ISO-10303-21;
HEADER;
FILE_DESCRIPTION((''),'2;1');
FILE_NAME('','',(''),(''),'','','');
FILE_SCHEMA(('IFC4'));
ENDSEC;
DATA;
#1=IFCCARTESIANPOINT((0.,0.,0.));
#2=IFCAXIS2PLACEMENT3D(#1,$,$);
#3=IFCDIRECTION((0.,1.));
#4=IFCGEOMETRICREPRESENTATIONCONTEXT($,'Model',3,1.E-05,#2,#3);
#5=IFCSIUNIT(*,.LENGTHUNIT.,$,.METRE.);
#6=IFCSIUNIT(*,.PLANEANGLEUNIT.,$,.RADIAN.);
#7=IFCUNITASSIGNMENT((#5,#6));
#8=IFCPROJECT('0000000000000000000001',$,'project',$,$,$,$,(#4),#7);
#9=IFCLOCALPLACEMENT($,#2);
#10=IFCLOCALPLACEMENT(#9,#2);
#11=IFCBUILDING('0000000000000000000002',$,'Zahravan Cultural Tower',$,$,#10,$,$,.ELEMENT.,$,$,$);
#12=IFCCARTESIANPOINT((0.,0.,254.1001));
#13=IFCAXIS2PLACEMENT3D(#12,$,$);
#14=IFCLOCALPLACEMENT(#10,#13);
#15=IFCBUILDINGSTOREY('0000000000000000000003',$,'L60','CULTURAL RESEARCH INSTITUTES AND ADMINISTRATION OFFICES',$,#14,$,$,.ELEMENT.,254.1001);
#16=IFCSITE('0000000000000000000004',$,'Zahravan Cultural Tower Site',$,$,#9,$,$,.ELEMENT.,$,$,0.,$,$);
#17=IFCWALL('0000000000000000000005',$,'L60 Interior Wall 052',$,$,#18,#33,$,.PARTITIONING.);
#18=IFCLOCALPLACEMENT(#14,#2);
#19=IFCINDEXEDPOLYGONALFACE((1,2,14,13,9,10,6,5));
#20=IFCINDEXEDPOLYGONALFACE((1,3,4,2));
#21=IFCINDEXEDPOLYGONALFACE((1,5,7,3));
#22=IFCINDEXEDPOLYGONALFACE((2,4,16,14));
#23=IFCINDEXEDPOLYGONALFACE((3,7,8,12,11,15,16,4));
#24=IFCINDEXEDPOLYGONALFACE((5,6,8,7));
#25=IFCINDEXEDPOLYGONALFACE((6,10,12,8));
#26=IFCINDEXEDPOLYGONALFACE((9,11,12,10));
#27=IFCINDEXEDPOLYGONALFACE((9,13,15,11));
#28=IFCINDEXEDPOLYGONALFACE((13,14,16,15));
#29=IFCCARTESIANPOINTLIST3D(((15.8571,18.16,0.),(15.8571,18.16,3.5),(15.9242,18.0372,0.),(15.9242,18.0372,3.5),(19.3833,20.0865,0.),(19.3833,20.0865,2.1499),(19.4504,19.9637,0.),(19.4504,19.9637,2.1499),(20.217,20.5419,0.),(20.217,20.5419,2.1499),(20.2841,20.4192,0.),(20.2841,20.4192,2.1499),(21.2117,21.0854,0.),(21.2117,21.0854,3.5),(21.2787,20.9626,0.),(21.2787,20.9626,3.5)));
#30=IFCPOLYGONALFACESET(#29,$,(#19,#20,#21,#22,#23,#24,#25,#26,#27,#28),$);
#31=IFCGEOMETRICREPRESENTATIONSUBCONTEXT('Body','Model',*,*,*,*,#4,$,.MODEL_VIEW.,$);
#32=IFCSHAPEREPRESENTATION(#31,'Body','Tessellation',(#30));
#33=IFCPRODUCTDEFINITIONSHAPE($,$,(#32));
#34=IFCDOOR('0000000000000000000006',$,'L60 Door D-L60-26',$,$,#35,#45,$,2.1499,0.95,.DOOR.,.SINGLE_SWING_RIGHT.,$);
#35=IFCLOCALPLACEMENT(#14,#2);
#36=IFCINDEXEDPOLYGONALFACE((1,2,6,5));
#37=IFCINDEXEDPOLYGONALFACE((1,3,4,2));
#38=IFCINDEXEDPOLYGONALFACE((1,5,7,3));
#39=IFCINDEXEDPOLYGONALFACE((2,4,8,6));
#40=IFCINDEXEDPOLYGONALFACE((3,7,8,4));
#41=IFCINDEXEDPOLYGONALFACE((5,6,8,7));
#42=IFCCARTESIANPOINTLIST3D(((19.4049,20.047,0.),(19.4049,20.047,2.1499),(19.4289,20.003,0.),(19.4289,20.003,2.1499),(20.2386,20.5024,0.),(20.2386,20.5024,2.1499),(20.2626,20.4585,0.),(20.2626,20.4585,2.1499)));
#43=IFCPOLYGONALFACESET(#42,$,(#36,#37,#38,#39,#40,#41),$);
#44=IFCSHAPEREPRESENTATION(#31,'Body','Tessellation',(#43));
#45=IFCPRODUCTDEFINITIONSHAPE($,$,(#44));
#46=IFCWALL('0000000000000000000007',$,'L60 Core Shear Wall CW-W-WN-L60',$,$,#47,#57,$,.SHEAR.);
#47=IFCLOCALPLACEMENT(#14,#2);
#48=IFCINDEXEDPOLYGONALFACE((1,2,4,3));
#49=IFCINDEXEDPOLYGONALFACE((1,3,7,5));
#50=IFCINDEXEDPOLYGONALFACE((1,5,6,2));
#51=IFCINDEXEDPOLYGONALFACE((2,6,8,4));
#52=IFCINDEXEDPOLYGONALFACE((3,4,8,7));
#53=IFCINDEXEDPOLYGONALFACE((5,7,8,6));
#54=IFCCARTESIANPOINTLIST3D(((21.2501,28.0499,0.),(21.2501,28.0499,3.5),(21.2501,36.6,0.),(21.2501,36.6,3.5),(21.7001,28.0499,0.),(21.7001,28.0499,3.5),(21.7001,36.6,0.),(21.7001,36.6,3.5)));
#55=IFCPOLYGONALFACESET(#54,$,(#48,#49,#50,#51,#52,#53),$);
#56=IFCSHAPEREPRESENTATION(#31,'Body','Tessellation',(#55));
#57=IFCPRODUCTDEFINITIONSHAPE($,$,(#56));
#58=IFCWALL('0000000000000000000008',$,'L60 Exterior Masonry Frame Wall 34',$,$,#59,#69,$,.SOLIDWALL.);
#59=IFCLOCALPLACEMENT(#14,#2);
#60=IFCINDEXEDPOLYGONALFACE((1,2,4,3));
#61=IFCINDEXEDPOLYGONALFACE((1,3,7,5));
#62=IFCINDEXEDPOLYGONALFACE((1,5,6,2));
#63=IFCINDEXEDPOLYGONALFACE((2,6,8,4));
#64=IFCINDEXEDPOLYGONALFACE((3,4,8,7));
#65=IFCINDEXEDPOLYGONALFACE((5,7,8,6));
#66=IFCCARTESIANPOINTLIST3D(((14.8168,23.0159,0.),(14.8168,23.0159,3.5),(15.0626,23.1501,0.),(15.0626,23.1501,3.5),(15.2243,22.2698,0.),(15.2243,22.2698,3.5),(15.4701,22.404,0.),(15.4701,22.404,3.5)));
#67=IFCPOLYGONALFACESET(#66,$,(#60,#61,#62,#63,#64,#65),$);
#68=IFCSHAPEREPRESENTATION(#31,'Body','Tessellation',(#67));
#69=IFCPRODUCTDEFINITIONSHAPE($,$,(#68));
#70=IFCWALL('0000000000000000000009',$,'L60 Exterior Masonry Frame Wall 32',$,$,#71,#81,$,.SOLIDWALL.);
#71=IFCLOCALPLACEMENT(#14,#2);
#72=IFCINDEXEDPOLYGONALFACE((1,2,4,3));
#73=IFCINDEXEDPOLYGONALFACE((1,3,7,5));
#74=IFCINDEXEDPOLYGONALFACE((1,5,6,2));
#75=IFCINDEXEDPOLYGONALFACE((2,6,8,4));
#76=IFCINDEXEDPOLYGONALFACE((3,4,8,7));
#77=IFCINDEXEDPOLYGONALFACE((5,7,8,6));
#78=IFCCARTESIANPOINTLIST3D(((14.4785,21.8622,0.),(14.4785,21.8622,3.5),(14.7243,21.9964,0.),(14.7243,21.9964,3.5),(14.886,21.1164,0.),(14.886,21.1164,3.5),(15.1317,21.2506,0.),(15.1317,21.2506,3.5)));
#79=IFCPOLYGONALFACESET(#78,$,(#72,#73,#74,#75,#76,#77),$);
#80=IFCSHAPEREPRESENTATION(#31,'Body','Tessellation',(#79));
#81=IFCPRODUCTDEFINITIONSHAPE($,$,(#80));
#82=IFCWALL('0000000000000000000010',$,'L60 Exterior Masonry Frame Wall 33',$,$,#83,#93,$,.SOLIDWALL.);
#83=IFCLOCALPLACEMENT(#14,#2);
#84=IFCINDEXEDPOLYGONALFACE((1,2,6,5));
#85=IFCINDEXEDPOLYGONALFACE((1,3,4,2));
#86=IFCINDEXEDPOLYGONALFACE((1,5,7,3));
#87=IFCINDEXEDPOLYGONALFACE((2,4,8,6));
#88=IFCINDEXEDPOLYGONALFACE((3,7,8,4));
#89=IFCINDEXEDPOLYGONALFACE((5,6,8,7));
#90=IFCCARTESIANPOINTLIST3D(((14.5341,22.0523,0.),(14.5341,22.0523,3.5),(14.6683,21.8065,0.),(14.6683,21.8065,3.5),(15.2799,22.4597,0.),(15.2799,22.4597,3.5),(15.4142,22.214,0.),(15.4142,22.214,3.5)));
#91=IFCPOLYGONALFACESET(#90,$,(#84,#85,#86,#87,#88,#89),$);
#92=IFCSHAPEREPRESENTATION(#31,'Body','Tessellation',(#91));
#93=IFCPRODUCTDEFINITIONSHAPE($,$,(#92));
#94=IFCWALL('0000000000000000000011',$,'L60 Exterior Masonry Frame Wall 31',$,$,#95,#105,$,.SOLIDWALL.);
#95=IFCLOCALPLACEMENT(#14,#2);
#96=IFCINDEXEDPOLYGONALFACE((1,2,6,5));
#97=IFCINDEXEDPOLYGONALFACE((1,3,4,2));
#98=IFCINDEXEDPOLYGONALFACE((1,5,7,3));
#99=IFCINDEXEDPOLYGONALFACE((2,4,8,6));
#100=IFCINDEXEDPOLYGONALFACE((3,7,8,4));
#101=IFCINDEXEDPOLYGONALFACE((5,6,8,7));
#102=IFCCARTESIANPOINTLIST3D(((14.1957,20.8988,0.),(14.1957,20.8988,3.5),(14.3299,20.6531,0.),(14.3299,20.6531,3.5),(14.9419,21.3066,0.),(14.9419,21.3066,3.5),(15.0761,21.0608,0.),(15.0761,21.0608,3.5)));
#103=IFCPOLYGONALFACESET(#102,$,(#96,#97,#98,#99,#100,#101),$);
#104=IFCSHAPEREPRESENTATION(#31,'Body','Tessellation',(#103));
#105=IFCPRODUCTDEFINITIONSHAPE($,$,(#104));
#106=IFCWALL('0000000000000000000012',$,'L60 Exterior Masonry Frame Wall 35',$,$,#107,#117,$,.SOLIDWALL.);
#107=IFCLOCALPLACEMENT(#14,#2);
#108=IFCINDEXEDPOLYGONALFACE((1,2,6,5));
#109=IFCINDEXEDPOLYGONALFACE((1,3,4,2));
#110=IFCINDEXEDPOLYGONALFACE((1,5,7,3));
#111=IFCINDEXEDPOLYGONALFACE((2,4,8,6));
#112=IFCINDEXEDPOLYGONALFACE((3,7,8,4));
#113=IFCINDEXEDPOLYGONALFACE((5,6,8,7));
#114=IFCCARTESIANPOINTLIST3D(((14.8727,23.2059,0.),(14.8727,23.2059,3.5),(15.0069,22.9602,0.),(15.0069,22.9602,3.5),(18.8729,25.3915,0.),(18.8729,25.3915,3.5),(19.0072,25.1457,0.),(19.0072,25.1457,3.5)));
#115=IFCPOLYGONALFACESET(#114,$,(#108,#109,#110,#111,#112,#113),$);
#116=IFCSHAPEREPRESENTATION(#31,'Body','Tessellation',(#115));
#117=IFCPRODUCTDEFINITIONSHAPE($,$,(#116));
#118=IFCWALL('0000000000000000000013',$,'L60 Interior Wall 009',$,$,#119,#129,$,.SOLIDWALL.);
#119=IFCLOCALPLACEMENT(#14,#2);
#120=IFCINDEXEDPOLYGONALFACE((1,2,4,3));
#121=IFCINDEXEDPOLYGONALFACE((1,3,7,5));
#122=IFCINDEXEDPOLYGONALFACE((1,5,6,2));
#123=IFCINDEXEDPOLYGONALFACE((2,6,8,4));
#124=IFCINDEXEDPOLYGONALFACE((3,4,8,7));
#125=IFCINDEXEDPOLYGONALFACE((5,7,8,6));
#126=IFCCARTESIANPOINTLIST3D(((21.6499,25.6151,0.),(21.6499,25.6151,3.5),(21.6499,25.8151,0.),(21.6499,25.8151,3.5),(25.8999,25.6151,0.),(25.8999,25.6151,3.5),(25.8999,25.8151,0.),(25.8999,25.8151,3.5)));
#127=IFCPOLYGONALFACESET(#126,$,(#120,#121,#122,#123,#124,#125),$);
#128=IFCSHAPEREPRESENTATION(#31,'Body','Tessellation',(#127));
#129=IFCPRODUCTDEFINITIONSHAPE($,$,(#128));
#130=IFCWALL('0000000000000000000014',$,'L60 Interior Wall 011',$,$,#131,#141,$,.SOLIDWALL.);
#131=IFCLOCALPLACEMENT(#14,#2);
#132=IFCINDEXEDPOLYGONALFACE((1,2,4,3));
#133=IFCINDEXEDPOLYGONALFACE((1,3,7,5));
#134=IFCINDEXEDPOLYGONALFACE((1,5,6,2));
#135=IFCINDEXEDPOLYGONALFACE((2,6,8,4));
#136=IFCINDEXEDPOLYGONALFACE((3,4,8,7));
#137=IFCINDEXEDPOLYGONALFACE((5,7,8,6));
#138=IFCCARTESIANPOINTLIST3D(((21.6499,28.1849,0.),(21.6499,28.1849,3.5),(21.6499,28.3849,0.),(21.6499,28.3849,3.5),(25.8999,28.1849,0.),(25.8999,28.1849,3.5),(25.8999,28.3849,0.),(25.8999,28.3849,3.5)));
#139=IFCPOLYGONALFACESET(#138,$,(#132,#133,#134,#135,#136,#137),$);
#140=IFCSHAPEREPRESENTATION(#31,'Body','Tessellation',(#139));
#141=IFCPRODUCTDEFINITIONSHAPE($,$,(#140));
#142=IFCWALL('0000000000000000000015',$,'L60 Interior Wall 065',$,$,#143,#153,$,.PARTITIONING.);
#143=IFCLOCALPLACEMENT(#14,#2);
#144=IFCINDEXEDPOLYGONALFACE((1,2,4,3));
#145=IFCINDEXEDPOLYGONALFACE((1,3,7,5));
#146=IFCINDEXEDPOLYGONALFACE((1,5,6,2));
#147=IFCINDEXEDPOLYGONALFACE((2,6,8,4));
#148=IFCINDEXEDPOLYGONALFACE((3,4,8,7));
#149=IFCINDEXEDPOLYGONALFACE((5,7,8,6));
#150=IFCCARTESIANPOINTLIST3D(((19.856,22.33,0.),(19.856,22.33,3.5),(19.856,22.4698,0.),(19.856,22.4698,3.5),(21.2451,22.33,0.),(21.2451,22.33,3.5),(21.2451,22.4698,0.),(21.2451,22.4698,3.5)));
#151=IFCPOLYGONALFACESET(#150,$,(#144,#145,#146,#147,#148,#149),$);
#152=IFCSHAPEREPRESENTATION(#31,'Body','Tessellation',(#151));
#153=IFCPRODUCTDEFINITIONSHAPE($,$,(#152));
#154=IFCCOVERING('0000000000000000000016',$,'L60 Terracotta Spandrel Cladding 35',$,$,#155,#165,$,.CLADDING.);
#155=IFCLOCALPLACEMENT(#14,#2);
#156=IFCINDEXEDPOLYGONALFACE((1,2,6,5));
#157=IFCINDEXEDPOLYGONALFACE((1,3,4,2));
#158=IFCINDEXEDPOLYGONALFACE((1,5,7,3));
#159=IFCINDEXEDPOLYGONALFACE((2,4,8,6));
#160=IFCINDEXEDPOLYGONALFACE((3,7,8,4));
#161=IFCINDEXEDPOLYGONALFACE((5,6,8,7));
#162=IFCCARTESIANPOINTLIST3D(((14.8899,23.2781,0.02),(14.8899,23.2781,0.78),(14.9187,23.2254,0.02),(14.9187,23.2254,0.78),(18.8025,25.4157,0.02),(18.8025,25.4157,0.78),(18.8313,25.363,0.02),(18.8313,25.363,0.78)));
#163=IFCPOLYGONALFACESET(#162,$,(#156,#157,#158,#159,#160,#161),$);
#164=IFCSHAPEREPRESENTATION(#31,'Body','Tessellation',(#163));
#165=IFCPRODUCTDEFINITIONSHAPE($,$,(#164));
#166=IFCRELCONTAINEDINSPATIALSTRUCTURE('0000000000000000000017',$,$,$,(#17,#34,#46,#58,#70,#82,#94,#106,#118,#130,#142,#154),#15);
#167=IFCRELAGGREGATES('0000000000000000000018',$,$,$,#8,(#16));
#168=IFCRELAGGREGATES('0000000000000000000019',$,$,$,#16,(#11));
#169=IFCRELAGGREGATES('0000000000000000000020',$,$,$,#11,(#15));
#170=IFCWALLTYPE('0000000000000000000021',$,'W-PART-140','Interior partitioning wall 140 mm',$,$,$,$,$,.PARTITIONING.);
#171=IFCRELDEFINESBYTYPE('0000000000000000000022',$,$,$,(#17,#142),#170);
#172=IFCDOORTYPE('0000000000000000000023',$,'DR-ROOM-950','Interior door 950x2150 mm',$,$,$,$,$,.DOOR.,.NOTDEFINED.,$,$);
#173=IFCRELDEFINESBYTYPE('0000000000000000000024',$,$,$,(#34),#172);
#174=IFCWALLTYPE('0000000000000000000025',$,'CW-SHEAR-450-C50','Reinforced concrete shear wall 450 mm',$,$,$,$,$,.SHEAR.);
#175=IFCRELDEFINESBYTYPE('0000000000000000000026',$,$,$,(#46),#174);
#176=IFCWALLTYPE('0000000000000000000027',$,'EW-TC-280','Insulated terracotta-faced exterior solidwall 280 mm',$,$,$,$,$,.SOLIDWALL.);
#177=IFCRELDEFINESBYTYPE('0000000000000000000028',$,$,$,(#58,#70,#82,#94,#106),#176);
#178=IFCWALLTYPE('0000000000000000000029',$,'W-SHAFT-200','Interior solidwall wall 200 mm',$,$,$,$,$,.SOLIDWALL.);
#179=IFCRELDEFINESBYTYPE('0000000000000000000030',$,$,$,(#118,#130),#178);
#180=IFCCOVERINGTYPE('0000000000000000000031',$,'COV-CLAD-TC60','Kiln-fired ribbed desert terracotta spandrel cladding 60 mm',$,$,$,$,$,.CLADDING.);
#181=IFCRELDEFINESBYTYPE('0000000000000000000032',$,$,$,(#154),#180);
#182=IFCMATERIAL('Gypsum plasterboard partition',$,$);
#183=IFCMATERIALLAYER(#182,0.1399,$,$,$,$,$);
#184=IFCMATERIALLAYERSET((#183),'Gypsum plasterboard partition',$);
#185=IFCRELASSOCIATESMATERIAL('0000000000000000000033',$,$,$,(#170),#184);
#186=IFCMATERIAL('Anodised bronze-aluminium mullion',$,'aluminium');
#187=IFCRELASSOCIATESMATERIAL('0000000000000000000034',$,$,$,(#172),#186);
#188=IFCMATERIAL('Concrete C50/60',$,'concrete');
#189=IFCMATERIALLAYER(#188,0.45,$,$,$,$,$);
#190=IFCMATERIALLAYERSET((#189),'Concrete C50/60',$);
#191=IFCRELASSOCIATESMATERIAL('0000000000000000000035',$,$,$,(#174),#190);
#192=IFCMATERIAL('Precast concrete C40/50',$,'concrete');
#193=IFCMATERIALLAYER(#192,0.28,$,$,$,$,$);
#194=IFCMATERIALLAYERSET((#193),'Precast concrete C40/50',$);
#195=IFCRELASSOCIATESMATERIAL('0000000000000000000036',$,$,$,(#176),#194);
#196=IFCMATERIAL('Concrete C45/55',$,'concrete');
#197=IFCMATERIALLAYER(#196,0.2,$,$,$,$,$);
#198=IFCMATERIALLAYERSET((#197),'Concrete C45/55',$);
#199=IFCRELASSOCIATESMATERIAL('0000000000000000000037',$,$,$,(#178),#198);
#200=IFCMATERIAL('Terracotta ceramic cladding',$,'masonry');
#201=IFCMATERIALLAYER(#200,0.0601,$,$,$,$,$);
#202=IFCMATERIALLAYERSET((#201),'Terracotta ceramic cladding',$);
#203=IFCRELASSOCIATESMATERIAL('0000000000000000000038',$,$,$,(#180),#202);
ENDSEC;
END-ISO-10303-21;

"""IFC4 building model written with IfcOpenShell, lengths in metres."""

from ifc_helpers import new_model, si_unit, direction, frame, frame_2d, origin, origin_2d, place, context, subcontext, project, spatial, rectangle, extrude, source, transform, mapped, material, layer, layer_set, type_object, element, fill, save


model = new_model("IFC4")

# Units and contexts
model_context = context("Model", 3, precision=1e-05, world=origin(), true_north=direction((0.0, 1.0)))
body_context = subcontext(model_context, "Body", "Model", "MODEL_VIEW")
ifc_project = project(units=[si_unit("LENGTHUNIT", "METRE"), si_unit("PLANEANGLEUNIT", "RADIAN")], contexts=[model_context])

# Site, building, storey
site_placement = place(None, origin())
site = spatial("IfcSite", under=ifc_project, at=site_placement, Name="Zahravan Cultural Tower Site", CompositionType="ELEMENT", RefElevation=0.0)
building_placement = place(site_placement, origin())
building = spatial("IfcBuilding", under=site, at=building_placement, Name="Zahravan Cultural Tower", CompositionType="ELEMENT")
storey_placement = place(building_placement, frame((0.0, 0.0, 254.1001)))
storey = spatial("IfcBuildingStorey", under=building, at=storey_placement, Name="L60", Description="CULTURAL RESEARCH INSTITUTES AND ADMINISTRATION OFFICES", CompositionType="ELEMENT", Elevation=254.1001)

# Shared definitions
ifc_material_1 = material(Name="Concrete C50/60", Category="concrete")

# Shared definitions
ifc_material_2 = material(Name="Anodised bronze-aluminium mullion", Category="aluminium")

# Wall, opening, door
ifc_material_3 = material(Name="Gypsum plasterboard partition")
ifc_layer_1 = layer(ifc_material_3, 0.1399)
ifc_layer_set_1 = layer_set([ifc_layer_1], Name="Gypsum plasterboard partition")
wall_type_1 = type_object("IfcWallType", Name="W-PART-140", Description="Interior partitioning wall 140 mm", PredefinedType="PARTITIONING", material=ifc_layer_set_1)
wall_1_placement = place(storey_placement, frame((15.8906, 18.0986, 0.0), z_axis=(0.0, 0.0, 1.0), x_axis=(0.877574, 0.479441, 0.0)))
wall_1 = element("IfcWall", 1, at=wall_1_placement, inside=storey, type_object=wall_type_1, Name="L60 Interior Wall 052", PredefinedType="PARTITIONING", context=body_context, shape_type="SweptSolid", body=[
    extrude(rectangle(XDim=6.1016, YDim=0.1399, at=frame_2d((3.0508, 0.0))), origin(), (0.0, 0.0, 1.0), 3.5),
])
opening_placement = place(wall_1_placement, frame((4.0181, 0.0, 0.0)))
opening = element("IfcOpeningElement", 2, at=opening_placement, cuts=wall_1, PredefinedType="OPENING", context=body_context, shape_type="SweptSolid", body=[
    extrude(rectangle(XDim=0.95, YDim=2.1499, at=frame_2d((0.4751, 1.075))), frame((0.0, 0.0798, 0.0), z_axis=(0.0, -1.0, 0.0), x_axis=(1.0, 0.0, 0.0)), (0.0, 0.0, 1.0), 0.1599),
])
door_type = type_object("IfcDoorType", Name="DR-ROOM-950", Description="Interior door 950x2150 mm", OperationType="NOTDEFINED", PredefinedType="DOOR", material=ifc_material_2)
shared_shape_1 = source(origin(), body_context, "Body", "SweptSolid", [
    extrude(rectangle(XDim=0.95, YDim=2.1499, at=frame_2d((0.4751, 1.075))), frame((0.0, 0.0249, 0.0), z_axis=(0.0, -1.0, 0.0), x_axis=(1.0, 0.0, 0.0)), (0.0, 0.0, 1.0), 0.05),
])
door_placement = place(opening_placement, origin())
door = element("IfcDoor", 3, at=door_placement, inside=storey, type_object=door_type, Name="L60 Door D-L60-26", OperationType="SINGLE_SWING_RIGHT", OverallHeight=2.1499, OverallWidth=0.95, PredefinedType="DOOR", context=body_context, shape_type="MappedRepresentation", body=[
    mapped(shared_shape_1, transform((0.0, 0.0, 0.0), x_axis=(1.0, 0.0, 0.0), y_axis=(0.0, 1.0, 0.0), z_axis=(0.0, 0.0, 1.0), scale=1.0)),
])
fill(opening, door)

# Walls
ifc_layer_2 = layer(ifc_material_1, 0.45)
ifc_layer_set_2 = layer_set([ifc_layer_2], Name="Concrete C50/60")
wall_type_2 = type_object("IfcWallType", Name="CW-SHEAR-450-C50", Description="Reinforced concrete shear wall 450 mm", PredefinedType="SHEAR", material=ifc_layer_set_2)
shared_shape_2 = source(origin(), body_context, "Body", "SweptSolid", [
    extrude(rectangle(XDim=8.55, YDim=0.45, at=frame_2d((4.2749, 0.0))), origin(), (0.0, 0.0, 1.0), 3.5),
])
wall_2_placement = place(storey_placement, frame((21.4751, 28.05, 0.0), z_axis=(0.0, 0.0, 1.0), x_axis=(0.0, 1.0, 0.0)))
element("IfcWall", 4, at=wall_2_placement, inside=storey, type_object=wall_type_2, Name="L60 Core Shear Wall CW-W-WN-L60", PredefinedType="SHEAR", context=body_context, shape_type="MappedRepresentation", body=[
    mapped(shared_shape_2, transform((0.0, 0.0, 0.0), x_axis=(1.0, 0.0, 0.0), y_axis=(0.0, 1.0, 0.0), z_axis=(0.0, 0.0, 1.0), scale=1.0)),
])
ifc_material_4 = material(Name="Precast concrete C40/50", Category="concrete")
ifc_layer_3 = layer(ifc_material_4, 0.28)
ifc_layer_set_3 = layer_set([ifc_layer_3], Name="Precast concrete C40/50")
wall_type_3 = type_object("IfcWallType", Name="EW-TC-280", Description="Insulated terracotta-faced exterior solidwall 280 mm", PredefinedType="SOLIDWALL", material=ifc_layer_set_3)
shared_shape_3 = source(origin(), body_context, "Body", "SweptSolid", [
    extrude(rectangle(XDim=0.8501, YDim=0.28, at=frame_2d((0.425, 0.0))), origin(), (0.0, 0.0, 1.0), 3.5),
])
wall_3_placement = place(storey_placement, frame((15.3472, 22.3369, 0.0), z_axis=(0.0, 0.0, 1.0), x_axis=(-0.479315, 0.877643, 0.0)))
element("IfcWall", 5, at=wall_3_placement, inside=storey, type_object=wall_type_3, Name="L60 Exterior Masonry Frame Wall 34", PredefinedType="SOLIDWALL", context=body_context, shape_type="MappedRepresentation", body=[
    mapped(shared_shape_3, transform((0.0, 0.0, 0.0), x_axis=(1.0, 0.0, 0.0), y_axis=(0.0, 1.0, 0.0), z_axis=(0.0, 0.0, 1.0), scale=1.0)),
])
shared_shape_4 = source(origin(), body_context, "Body", "SweptSolid", [
    extrude(rectangle(XDim=0.8499, YDim=0.28, at=frame_2d((0.4248, 0.0))), origin(), (0.0, 0.0, 1.0), 3.5),
])
for number, where, z_axis, x_axis, name in (
    (6, (15.0088, 21.1836, 0.0), (0.0, 0.0, 1.0), (-0.479436, 0.877577, 0.0), "L60 Exterior Masonry Frame Wall 32"),
    (7, (14.6013, 21.9294, 0.0), (0.0, 0.0, 1.0), (0.877577, 0.479436, 0.0), "L60 Exterior Masonry Frame Wall 33"),
):
    element("IfcWall", number, at=place(storey_placement, frame(where, z_axis=z_axis, x_axis=x_axis)), inside=storey, type_object=wall_type_3, Name=name, PredefinedType="SOLIDWALL", context=body_context, shape_type="MappedRepresentation", body=[
        mapped(shared_shape_4, transform((0.0, 0.0, 0.0), x_axis=(1.0, 0.0, 0.0), y_axis=(0.0, 1.0, 0.0), z_axis=(0.0, 0.0, 1.0), scale=1.0)),
    ])
shared_shape_5 = source(origin(), body_context, "Body", "SweptSolid", [
    extrude(rectangle(XDim=0.8503, YDim=0.28, at=frame_2d((0.4253, 0.0))), origin(), (0.0, 0.0, 1.0), 3.5),
])
wall_4_placement = place(storey_placement, frame((14.2627, 20.7759, 0.0), z_axis=(0.0, 0.0, 1.0), x_axis=(0.877522, 0.479536, 0.0)))
element("IfcWall", 8, at=wall_4_placement, inside=storey, type_object=wall_type_3, Name="L60 Exterior Masonry Frame Wall 31", PredefinedType="SOLIDWALL", context=body_context, shape_type="MappedRepresentation", body=[
    mapped(shared_shape_5, transform((0.0, 0.0, 0.0), x_axis=(1.0, 0.0, 0.0), y_axis=(0.0, 1.0, 0.0), z_axis=(0.0, 0.0, 1.0), scale=1.0)),
])
shared_shape_6 = source(origin(), body_context, "Body", "SweptSolid", [
    extrude(rectangle(XDim=4.5583, YDim=0.28, at=frame_2d((2.2793, 0.0))), origin(), (0.0, 0.0, 1.0), 3.5),
])
wall_5_placement = place(storey_placement, frame((14.9397, 23.083, 0.0), z_axis=(0.0, 0.0, 1.0), x_axis=(0.877564, 0.47946, 0.0)))
element("IfcWall", 9, at=wall_5_placement, inside=storey, type_object=wall_type_3, Name="L60 Exterior Masonry Frame Wall 35", PredefinedType="SOLIDWALL", context=body_context, shape_type="MappedRepresentation", body=[
    mapped(shared_shape_6, transform((0.0, 0.0, 0.0), x_axis=(1.0, 0.0, 0.0), y_axis=(0.0, 1.0, 0.0), z_axis=(0.0, 0.0, 1.0), scale=1.0)),
])
ifc_material_5 = material(Name="Concrete C45/55", Category="concrete")
ifc_layer_4 = layer(ifc_material_5, 0.2)
ifc_layer_set_4 = layer_set([ifc_layer_4], Name="Concrete C45/55")
wall_type_4 = type_object("IfcWallType", Name="W-SHAFT-200", Description="Interior solidwall wall 200 mm", PredefinedType="SOLIDWALL", material=ifc_layer_set_4)
shared_shape_7 = source(origin(), body_context, "Body", "SweptSolid", [
    extrude(rectangle(XDim=4.25, YDim=0.2, at=frame_2d((2.125, 0.0))), origin(), (0.0, 0.0, 1.0), 3.5),
])
for number, where, z_axis, x_axis, name in (
    (10, (21.6499, 25.7151, 0.0), (0.0, 0.0, 1.0), (1.0, 0.0, 0.0), "L60 Interior Wall 009"),
    (11, (21.6499, 28.2849, 0.0), (0.0, 0.0, 1.0), (1.0, 0.0, 0.0), "L60 Interior Wall 011"),
):
    element("IfcWall", number, at=place(storey_placement, frame(where, z_axis=z_axis, x_axis=x_axis)), inside=storey, type_object=wall_type_4, Name=name, PredefinedType="SOLIDWALL", context=body_context, shape_type="MappedRepresentation", body=[
        mapped(shared_shape_7, transform((0.0, 0.0, 0.0), x_axis=(1.0, 0.0, 0.0), y_axis=(0.0, 1.0, 0.0), z_axis=(0.0, 0.0, 1.0), scale=1.0)),
    ])
shared_shape_8 = source(origin(), body_context, "Body", "SweptSolid", [
    extrude(rectangle(XDim=1.3892, YDim=0.1399, at=frame_2d((0.6946, 0.0))), origin(), (0.0, 0.0, 1.0), 3.5),
])
wall_6_placement = place(storey_placement, frame((19.856, 22.3999, 0.0), z_axis=(0.0, 0.0, 1.0), x_axis=(1.0, 0.0, 0.0)))
element("IfcWall", 12, at=wall_6_placement, inside=storey, type_object=wall_type_1, Name="L60 Interior Wall 065", PredefinedType="PARTITIONING", context=body_context, shape_type="MappedRepresentation", body=[
    mapped(shared_shape_8, transform((0.0, 0.0, 0.0), x_axis=(1.0, 0.0, 0.0), y_axis=(0.0, 1.0, 0.0), z_axis=(0.0, 0.0, 1.0), scale=1.0)),
])

# Covering
ifc_material_6 = material(Name="Terracotta ceramic cladding", Category="masonry")
ifc_layer_5 = layer(ifc_material_6, 0.0601)
ifc_layer_set_5 = layer_set([ifc_layer_5], Name="Terracotta ceramic cladding")
covering_type = type_object("IfcCoveringType", Name="COV-CLAD-TC60", Description="Kiln-fired ribbed desert terracotta spandrel cladding 60 mm", PredefinedType="CLADDING", material=ifc_layer_set_5)
shared_shape_9 = source(origin(), body_context, "Body", "SweptSolid", [
    extrude(rectangle(XDim=4.4585, YDim=0.0601, at=origin_2d()), origin(), (0.0, 0.0, 1.0), 0.76),
])
covering_placement = place(storey_placement, frame((16.8606, 24.3206, 0.02), z_axis=(0.0, 0.0, 1.0), x_axis=(0.877565, 0.479458, 0.0)))
element("IfcCovering", 13, at=covering_placement, inside=storey, type_object=covering_type, Name="L60 Terracotta Spandrel Cladding 35", PredefinedType="CLADDING", context=body_context, shape_type="MappedRepresentation", body=[
    mapped(shared_shape_9, transform((0.0, 0.0, 0.0), x_axis=(1.0, 0.0, 0.0), y_axis=(0.0, 1.0, 0.0), z_axis=(0.0, 0.0, 1.0), scale=1.0)),
])

save(model, "model.ifc")
